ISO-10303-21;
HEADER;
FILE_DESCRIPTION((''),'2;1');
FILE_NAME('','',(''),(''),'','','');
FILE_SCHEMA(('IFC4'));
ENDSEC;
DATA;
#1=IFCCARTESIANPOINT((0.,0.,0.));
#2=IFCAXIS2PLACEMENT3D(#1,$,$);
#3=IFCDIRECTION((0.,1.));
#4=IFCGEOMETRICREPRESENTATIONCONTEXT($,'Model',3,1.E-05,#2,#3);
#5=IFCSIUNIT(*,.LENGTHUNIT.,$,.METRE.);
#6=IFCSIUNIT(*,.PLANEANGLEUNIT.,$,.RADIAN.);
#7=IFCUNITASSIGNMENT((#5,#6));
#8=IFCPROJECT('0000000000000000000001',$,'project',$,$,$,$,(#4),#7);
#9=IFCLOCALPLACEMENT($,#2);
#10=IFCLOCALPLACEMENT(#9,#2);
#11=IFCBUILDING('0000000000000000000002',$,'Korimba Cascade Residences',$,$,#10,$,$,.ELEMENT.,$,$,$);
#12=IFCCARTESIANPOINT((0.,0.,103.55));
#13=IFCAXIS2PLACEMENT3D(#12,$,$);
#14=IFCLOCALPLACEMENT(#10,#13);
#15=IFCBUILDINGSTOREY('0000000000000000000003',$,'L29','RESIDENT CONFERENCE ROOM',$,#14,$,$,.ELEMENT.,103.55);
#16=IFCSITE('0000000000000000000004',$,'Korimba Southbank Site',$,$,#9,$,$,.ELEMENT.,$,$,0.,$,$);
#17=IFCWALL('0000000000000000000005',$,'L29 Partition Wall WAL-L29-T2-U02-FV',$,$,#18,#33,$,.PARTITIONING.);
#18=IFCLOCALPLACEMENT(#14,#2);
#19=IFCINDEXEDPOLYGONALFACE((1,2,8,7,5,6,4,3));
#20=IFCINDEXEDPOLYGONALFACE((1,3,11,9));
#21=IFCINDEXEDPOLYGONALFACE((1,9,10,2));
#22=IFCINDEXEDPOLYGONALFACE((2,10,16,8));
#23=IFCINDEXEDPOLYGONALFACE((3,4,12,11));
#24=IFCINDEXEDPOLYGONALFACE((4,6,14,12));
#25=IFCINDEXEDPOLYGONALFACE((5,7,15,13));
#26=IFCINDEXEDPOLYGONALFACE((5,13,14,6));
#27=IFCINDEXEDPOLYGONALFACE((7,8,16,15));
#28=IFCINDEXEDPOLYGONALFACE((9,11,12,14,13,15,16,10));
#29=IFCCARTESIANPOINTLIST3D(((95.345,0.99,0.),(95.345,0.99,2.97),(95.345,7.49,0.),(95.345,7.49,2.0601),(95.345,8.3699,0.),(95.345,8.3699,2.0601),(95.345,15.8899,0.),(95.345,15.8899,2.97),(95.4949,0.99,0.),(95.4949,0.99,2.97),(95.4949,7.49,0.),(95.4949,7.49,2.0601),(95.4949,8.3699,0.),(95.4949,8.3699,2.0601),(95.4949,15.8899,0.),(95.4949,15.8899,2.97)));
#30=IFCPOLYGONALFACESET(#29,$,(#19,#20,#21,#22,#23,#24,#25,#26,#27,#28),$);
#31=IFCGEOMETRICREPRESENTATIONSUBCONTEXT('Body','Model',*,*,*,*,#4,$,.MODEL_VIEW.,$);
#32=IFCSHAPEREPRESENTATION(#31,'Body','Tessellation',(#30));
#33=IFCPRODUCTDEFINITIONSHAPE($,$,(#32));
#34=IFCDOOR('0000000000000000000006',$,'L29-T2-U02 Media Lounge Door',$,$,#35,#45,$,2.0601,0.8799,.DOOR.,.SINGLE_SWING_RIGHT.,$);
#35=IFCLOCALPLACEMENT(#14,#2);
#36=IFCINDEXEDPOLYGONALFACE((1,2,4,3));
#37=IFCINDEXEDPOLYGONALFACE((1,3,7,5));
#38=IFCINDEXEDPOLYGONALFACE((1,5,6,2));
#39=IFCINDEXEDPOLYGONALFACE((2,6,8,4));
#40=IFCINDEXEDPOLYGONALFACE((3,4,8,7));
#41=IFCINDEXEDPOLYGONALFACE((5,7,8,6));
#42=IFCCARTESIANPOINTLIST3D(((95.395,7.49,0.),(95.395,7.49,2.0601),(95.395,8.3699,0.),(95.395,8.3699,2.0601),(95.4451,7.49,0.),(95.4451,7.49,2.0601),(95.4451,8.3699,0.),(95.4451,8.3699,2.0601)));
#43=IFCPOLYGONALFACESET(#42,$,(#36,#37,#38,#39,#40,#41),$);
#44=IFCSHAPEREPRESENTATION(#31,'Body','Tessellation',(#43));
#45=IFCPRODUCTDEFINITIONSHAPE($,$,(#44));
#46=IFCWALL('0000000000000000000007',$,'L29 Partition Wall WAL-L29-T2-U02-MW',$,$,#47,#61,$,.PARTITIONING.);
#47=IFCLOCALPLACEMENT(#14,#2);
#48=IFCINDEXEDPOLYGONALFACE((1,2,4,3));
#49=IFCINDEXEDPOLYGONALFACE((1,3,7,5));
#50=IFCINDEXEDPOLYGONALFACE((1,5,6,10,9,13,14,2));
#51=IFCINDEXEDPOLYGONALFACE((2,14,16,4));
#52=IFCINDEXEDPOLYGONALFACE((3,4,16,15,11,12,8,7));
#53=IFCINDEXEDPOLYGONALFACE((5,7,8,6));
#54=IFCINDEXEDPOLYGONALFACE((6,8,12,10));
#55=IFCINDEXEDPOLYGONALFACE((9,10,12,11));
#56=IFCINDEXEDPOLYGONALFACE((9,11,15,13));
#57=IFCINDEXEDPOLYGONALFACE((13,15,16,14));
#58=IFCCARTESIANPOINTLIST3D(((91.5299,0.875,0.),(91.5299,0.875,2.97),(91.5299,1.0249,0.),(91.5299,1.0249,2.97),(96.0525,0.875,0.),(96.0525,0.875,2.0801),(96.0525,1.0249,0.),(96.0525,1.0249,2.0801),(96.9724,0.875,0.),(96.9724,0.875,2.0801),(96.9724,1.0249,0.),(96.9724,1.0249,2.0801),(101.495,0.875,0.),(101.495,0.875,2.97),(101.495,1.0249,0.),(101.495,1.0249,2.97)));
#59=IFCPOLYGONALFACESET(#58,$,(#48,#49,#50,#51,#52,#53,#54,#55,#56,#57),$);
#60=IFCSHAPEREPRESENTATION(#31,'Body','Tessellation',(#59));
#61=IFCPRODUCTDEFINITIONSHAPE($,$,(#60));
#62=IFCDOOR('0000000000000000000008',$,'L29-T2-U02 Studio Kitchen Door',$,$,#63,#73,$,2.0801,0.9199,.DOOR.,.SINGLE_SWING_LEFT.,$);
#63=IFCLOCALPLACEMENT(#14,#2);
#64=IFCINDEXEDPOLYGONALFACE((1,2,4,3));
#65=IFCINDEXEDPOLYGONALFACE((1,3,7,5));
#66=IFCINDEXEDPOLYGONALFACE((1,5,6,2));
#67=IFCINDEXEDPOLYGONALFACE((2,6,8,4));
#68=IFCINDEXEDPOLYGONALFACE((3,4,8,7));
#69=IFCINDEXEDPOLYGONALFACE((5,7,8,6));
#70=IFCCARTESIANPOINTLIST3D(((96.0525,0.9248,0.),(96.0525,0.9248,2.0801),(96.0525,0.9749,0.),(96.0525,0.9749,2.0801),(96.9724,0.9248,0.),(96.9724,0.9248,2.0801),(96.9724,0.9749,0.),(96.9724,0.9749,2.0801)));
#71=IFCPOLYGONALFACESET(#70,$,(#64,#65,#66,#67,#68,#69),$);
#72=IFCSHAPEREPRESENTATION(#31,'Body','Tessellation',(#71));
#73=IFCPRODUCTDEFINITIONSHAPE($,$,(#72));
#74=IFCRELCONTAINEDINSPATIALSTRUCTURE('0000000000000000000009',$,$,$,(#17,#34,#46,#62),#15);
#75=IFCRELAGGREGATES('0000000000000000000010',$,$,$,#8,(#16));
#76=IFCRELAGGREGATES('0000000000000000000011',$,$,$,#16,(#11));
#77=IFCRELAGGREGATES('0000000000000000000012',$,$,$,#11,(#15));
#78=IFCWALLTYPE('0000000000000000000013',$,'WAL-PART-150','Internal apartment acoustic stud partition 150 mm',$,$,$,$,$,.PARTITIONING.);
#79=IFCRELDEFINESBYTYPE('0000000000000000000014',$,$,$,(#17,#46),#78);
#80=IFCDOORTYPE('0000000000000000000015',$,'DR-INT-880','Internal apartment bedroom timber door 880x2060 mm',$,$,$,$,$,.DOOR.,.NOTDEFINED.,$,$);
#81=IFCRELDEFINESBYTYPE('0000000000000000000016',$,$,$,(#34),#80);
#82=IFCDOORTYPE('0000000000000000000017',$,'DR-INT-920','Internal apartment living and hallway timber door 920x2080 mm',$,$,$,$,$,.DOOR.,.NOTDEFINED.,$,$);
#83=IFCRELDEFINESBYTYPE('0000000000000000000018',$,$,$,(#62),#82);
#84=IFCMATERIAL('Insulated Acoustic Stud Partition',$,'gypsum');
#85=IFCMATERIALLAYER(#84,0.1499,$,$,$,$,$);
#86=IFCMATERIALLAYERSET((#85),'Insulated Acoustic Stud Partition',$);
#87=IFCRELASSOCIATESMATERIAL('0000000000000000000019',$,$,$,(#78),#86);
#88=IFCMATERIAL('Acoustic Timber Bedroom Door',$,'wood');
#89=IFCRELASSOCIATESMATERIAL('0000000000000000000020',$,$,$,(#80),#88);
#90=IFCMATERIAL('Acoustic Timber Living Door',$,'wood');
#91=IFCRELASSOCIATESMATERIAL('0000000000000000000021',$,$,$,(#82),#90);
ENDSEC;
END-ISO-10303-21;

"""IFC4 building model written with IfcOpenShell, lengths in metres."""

from ifc_helpers import new_model, si_unit, direction, frame, frame_2d, origin, place, context, subcontext, project, spatial, rectangle, extrude, material, layer, layer_set, type_object, element, fill, save


model = new_model("IFC4")

# Units and contexts
model_context = context("Model", 3, precision=1e-05, world=origin(), true_north=direction((0.0, 1.0)))
body_context = subcontext(model_context, "Body", "Model", "MODEL_VIEW")
ifc_project = project(units=[si_unit("LENGTHUNIT", "METRE"), si_unit("PLANEANGLEUNIT", "RADIAN")], contexts=[model_context])

# Site, building, storey
site_placement = place(None, origin())
site = spatial("IfcSite", under=ifc_project, at=site_placement, Name="Korimba Southbank Site", CompositionType="ELEMENT", RefElevation=0.0)
building_placement = place(site_placement, origin())
building = spatial("IfcBuilding", under=site, at=building_placement, Name="Korimba Cascade Residences", CompositionType="ELEMENT")
storey_placement = place(building_placement, frame((0.0, 0.0, 103.55)))
storey = spatial("IfcBuildingStorey", under=building, at=storey_placement, Name="L29", Description="RESIDENT CONFERENCE ROOM", CompositionType="ELEMENT", Elevation=103.55)

# Shared definitions
ifc_material_1 = material(Name="Insulated Acoustic Stud Partition", Category="gypsum")
ifc_layer_1 = layer(ifc_material_1, 0.1499)
ifc_layer_set_1 = layer_set([ifc_layer_1], Name="Insulated Acoustic Stud Partition")
wall_type_1 = type_object("IfcWallType", Name="WAL-PART-150", Description="Internal apartment acoustic stud partition 150 mm", PredefinedType="PARTITIONING", material=ifc_layer_set_1)

# Walls, openings, doors
ifc_material_2 = material(Name="Acoustic Timber Bedroom Door", Category="wood")
door_type_1 = type_object("IfcDoorType", Name="DR-INT-880", Description="Internal apartment bedroom timber door 880x2060 mm", OperationType="NOTDEFINED", PredefinedType="DOOR", material=ifc_material_2)
wall_1_placement = place(storey_placement, frame((95.4199, 0.99, 0.0), z_axis=(0.0, 0.0, 1.0), x_axis=(0.0, 1.0, 0.0)))
wall_1 = element("IfcWall", 1, at=wall_1_placement, inside=storey, type_object=wall_type_1, Name="L29 Partition Wall WAL-L29-T2-U02-FV", PredefinedType="PARTITIONING", context=body_context, shape_type="SweptSolid", body=[
    extrude(rectangle(XDim=14.8999, YDim=0.1499, at=frame_2d((7.45, 0.0))), origin(), (0.0, 0.0, 1.0), 2.97),
])
opening_1_placement = place(wall_1_placement, frame((6.5, 0.0, 0.0)))
opening_1 = element("IfcOpeningElement", 2, at=opening_1_placement, cuts=wall_1, PredefinedType="OPENING", context=body_context, shape_type="SweptSolid", body=[
    extrude(rectangle(XDim=0.8799, YDim=2.0601, at=frame_2d((0.4399, 1.03))), frame((0.0, 0.085, 0.0), z_axis=(0.0, -1.0, 0.0), x_axis=(1.0, 0.0, 0.0)), (0.0, 0.0, 1.0), 0.1699),
])
door_1_placement = place(opening_1_placement, origin())
door_1 = element("IfcDoor", 3, at=door_1_placement, inside=storey, type_object=door_type_1, Name="L29-T2-U02 Media Lounge Door", OperationType="SINGLE_SWING_RIGHT", OverallHeight=2.0601, OverallWidth=0.8799, PredefinedType="DOOR", context=body_context, shape_type="SweptSolid", body=[
    extrude(rectangle(XDim=0.8799, YDim=2.0601, at=frame_2d((0.4399, 1.03))), frame((0.0, 0.0249, 0.0), z_axis=(0.0, -1.0, 0.0), x_axis=(1.0, 0.0, 0.0)), (0.0, 0.0, 1.0), 0.05),
])
fill(opening_1, door_1)
wall_2_placement = place(storey_placement, frame((91.53, 0.95, 0.0), z_axis=(0.0, 0.0, 1.0), x_axis=(1.0, 0.0, 0.0)))
wall_2 = element("IfcWall", 4, at=wall_2_placement, inside=storey, type_object=wall_type_1, Name="L29 Partition Wall WAL-L29-T2-U02-MW", PredefinedType="PARTITIONING", context=body_context, shape_type="SweptSolid", body=[
    extrude(rectangle(XDim=9.9651, YDim=0.1499, at=frame_2d((4.9824, 0.0))), origin(), (0.0, 0.0, 1.0), 2.97),
])
opening_2_placement = place(wall_2_placement, frame((4.5225, 0.0, 0.0)))
opening_2 = element("IfcOpeningElement", 5, at=opening_2_placement, cuts=wall_2, PredefinedType="OPENING", context=body_context, shape_type="SweptSolid", body=[
    extrude(rectangle(XDim=0.9199, YDim=2.0801, at=frame_2d((0.46, 1.04))), frame((0.0, 0.085, 0.0), z_axis=(0.0, -1.0, 0.0), x_axis=(1.0, 0.0, 0.0)), (0.0, 0.0, 1.0), 0.1699),
])
ifc_material_3 = material(Name="Acoustic Timber Living Door", Category="wood")
door_type_2 = type_object("IfcDoorType", Name="DR-INT-920", Description="Internal apartment living and hallway timber door 920x2080 mm", OperationType="NOTDEFINED", PredefinedType="DOOR", material=ifc_material_3)
door_2_placement = place(opening_2_placement, origin())
door_2 = element("IfcDoor", 6, at=door_2_placement, inside=storey, type_object=door_type_2, Name="L29-T2-U02 Studio Kitchen Door", OperationType="SINGLE_SWING_LEFT", OverallHeight=2.0801, OverallWidth=0.9199, PredefinedType="DOOR", context=body_context, shape_type="SweptSolid", body=[
    extrude(rectangle(XDim=0.9199, YDim=2.0801, at=frame_2d((0.46, 1.04))), frame((0.0, 0.0249, 0.0), z_axis=(0.0, -1.0, 0.0), x_axis=(1.0, 0.0, 0.0)), (0.0, 0.0, 1.0), 0.05),
])
fill(opening_2, door_2)

save(model, "model.ifc")
